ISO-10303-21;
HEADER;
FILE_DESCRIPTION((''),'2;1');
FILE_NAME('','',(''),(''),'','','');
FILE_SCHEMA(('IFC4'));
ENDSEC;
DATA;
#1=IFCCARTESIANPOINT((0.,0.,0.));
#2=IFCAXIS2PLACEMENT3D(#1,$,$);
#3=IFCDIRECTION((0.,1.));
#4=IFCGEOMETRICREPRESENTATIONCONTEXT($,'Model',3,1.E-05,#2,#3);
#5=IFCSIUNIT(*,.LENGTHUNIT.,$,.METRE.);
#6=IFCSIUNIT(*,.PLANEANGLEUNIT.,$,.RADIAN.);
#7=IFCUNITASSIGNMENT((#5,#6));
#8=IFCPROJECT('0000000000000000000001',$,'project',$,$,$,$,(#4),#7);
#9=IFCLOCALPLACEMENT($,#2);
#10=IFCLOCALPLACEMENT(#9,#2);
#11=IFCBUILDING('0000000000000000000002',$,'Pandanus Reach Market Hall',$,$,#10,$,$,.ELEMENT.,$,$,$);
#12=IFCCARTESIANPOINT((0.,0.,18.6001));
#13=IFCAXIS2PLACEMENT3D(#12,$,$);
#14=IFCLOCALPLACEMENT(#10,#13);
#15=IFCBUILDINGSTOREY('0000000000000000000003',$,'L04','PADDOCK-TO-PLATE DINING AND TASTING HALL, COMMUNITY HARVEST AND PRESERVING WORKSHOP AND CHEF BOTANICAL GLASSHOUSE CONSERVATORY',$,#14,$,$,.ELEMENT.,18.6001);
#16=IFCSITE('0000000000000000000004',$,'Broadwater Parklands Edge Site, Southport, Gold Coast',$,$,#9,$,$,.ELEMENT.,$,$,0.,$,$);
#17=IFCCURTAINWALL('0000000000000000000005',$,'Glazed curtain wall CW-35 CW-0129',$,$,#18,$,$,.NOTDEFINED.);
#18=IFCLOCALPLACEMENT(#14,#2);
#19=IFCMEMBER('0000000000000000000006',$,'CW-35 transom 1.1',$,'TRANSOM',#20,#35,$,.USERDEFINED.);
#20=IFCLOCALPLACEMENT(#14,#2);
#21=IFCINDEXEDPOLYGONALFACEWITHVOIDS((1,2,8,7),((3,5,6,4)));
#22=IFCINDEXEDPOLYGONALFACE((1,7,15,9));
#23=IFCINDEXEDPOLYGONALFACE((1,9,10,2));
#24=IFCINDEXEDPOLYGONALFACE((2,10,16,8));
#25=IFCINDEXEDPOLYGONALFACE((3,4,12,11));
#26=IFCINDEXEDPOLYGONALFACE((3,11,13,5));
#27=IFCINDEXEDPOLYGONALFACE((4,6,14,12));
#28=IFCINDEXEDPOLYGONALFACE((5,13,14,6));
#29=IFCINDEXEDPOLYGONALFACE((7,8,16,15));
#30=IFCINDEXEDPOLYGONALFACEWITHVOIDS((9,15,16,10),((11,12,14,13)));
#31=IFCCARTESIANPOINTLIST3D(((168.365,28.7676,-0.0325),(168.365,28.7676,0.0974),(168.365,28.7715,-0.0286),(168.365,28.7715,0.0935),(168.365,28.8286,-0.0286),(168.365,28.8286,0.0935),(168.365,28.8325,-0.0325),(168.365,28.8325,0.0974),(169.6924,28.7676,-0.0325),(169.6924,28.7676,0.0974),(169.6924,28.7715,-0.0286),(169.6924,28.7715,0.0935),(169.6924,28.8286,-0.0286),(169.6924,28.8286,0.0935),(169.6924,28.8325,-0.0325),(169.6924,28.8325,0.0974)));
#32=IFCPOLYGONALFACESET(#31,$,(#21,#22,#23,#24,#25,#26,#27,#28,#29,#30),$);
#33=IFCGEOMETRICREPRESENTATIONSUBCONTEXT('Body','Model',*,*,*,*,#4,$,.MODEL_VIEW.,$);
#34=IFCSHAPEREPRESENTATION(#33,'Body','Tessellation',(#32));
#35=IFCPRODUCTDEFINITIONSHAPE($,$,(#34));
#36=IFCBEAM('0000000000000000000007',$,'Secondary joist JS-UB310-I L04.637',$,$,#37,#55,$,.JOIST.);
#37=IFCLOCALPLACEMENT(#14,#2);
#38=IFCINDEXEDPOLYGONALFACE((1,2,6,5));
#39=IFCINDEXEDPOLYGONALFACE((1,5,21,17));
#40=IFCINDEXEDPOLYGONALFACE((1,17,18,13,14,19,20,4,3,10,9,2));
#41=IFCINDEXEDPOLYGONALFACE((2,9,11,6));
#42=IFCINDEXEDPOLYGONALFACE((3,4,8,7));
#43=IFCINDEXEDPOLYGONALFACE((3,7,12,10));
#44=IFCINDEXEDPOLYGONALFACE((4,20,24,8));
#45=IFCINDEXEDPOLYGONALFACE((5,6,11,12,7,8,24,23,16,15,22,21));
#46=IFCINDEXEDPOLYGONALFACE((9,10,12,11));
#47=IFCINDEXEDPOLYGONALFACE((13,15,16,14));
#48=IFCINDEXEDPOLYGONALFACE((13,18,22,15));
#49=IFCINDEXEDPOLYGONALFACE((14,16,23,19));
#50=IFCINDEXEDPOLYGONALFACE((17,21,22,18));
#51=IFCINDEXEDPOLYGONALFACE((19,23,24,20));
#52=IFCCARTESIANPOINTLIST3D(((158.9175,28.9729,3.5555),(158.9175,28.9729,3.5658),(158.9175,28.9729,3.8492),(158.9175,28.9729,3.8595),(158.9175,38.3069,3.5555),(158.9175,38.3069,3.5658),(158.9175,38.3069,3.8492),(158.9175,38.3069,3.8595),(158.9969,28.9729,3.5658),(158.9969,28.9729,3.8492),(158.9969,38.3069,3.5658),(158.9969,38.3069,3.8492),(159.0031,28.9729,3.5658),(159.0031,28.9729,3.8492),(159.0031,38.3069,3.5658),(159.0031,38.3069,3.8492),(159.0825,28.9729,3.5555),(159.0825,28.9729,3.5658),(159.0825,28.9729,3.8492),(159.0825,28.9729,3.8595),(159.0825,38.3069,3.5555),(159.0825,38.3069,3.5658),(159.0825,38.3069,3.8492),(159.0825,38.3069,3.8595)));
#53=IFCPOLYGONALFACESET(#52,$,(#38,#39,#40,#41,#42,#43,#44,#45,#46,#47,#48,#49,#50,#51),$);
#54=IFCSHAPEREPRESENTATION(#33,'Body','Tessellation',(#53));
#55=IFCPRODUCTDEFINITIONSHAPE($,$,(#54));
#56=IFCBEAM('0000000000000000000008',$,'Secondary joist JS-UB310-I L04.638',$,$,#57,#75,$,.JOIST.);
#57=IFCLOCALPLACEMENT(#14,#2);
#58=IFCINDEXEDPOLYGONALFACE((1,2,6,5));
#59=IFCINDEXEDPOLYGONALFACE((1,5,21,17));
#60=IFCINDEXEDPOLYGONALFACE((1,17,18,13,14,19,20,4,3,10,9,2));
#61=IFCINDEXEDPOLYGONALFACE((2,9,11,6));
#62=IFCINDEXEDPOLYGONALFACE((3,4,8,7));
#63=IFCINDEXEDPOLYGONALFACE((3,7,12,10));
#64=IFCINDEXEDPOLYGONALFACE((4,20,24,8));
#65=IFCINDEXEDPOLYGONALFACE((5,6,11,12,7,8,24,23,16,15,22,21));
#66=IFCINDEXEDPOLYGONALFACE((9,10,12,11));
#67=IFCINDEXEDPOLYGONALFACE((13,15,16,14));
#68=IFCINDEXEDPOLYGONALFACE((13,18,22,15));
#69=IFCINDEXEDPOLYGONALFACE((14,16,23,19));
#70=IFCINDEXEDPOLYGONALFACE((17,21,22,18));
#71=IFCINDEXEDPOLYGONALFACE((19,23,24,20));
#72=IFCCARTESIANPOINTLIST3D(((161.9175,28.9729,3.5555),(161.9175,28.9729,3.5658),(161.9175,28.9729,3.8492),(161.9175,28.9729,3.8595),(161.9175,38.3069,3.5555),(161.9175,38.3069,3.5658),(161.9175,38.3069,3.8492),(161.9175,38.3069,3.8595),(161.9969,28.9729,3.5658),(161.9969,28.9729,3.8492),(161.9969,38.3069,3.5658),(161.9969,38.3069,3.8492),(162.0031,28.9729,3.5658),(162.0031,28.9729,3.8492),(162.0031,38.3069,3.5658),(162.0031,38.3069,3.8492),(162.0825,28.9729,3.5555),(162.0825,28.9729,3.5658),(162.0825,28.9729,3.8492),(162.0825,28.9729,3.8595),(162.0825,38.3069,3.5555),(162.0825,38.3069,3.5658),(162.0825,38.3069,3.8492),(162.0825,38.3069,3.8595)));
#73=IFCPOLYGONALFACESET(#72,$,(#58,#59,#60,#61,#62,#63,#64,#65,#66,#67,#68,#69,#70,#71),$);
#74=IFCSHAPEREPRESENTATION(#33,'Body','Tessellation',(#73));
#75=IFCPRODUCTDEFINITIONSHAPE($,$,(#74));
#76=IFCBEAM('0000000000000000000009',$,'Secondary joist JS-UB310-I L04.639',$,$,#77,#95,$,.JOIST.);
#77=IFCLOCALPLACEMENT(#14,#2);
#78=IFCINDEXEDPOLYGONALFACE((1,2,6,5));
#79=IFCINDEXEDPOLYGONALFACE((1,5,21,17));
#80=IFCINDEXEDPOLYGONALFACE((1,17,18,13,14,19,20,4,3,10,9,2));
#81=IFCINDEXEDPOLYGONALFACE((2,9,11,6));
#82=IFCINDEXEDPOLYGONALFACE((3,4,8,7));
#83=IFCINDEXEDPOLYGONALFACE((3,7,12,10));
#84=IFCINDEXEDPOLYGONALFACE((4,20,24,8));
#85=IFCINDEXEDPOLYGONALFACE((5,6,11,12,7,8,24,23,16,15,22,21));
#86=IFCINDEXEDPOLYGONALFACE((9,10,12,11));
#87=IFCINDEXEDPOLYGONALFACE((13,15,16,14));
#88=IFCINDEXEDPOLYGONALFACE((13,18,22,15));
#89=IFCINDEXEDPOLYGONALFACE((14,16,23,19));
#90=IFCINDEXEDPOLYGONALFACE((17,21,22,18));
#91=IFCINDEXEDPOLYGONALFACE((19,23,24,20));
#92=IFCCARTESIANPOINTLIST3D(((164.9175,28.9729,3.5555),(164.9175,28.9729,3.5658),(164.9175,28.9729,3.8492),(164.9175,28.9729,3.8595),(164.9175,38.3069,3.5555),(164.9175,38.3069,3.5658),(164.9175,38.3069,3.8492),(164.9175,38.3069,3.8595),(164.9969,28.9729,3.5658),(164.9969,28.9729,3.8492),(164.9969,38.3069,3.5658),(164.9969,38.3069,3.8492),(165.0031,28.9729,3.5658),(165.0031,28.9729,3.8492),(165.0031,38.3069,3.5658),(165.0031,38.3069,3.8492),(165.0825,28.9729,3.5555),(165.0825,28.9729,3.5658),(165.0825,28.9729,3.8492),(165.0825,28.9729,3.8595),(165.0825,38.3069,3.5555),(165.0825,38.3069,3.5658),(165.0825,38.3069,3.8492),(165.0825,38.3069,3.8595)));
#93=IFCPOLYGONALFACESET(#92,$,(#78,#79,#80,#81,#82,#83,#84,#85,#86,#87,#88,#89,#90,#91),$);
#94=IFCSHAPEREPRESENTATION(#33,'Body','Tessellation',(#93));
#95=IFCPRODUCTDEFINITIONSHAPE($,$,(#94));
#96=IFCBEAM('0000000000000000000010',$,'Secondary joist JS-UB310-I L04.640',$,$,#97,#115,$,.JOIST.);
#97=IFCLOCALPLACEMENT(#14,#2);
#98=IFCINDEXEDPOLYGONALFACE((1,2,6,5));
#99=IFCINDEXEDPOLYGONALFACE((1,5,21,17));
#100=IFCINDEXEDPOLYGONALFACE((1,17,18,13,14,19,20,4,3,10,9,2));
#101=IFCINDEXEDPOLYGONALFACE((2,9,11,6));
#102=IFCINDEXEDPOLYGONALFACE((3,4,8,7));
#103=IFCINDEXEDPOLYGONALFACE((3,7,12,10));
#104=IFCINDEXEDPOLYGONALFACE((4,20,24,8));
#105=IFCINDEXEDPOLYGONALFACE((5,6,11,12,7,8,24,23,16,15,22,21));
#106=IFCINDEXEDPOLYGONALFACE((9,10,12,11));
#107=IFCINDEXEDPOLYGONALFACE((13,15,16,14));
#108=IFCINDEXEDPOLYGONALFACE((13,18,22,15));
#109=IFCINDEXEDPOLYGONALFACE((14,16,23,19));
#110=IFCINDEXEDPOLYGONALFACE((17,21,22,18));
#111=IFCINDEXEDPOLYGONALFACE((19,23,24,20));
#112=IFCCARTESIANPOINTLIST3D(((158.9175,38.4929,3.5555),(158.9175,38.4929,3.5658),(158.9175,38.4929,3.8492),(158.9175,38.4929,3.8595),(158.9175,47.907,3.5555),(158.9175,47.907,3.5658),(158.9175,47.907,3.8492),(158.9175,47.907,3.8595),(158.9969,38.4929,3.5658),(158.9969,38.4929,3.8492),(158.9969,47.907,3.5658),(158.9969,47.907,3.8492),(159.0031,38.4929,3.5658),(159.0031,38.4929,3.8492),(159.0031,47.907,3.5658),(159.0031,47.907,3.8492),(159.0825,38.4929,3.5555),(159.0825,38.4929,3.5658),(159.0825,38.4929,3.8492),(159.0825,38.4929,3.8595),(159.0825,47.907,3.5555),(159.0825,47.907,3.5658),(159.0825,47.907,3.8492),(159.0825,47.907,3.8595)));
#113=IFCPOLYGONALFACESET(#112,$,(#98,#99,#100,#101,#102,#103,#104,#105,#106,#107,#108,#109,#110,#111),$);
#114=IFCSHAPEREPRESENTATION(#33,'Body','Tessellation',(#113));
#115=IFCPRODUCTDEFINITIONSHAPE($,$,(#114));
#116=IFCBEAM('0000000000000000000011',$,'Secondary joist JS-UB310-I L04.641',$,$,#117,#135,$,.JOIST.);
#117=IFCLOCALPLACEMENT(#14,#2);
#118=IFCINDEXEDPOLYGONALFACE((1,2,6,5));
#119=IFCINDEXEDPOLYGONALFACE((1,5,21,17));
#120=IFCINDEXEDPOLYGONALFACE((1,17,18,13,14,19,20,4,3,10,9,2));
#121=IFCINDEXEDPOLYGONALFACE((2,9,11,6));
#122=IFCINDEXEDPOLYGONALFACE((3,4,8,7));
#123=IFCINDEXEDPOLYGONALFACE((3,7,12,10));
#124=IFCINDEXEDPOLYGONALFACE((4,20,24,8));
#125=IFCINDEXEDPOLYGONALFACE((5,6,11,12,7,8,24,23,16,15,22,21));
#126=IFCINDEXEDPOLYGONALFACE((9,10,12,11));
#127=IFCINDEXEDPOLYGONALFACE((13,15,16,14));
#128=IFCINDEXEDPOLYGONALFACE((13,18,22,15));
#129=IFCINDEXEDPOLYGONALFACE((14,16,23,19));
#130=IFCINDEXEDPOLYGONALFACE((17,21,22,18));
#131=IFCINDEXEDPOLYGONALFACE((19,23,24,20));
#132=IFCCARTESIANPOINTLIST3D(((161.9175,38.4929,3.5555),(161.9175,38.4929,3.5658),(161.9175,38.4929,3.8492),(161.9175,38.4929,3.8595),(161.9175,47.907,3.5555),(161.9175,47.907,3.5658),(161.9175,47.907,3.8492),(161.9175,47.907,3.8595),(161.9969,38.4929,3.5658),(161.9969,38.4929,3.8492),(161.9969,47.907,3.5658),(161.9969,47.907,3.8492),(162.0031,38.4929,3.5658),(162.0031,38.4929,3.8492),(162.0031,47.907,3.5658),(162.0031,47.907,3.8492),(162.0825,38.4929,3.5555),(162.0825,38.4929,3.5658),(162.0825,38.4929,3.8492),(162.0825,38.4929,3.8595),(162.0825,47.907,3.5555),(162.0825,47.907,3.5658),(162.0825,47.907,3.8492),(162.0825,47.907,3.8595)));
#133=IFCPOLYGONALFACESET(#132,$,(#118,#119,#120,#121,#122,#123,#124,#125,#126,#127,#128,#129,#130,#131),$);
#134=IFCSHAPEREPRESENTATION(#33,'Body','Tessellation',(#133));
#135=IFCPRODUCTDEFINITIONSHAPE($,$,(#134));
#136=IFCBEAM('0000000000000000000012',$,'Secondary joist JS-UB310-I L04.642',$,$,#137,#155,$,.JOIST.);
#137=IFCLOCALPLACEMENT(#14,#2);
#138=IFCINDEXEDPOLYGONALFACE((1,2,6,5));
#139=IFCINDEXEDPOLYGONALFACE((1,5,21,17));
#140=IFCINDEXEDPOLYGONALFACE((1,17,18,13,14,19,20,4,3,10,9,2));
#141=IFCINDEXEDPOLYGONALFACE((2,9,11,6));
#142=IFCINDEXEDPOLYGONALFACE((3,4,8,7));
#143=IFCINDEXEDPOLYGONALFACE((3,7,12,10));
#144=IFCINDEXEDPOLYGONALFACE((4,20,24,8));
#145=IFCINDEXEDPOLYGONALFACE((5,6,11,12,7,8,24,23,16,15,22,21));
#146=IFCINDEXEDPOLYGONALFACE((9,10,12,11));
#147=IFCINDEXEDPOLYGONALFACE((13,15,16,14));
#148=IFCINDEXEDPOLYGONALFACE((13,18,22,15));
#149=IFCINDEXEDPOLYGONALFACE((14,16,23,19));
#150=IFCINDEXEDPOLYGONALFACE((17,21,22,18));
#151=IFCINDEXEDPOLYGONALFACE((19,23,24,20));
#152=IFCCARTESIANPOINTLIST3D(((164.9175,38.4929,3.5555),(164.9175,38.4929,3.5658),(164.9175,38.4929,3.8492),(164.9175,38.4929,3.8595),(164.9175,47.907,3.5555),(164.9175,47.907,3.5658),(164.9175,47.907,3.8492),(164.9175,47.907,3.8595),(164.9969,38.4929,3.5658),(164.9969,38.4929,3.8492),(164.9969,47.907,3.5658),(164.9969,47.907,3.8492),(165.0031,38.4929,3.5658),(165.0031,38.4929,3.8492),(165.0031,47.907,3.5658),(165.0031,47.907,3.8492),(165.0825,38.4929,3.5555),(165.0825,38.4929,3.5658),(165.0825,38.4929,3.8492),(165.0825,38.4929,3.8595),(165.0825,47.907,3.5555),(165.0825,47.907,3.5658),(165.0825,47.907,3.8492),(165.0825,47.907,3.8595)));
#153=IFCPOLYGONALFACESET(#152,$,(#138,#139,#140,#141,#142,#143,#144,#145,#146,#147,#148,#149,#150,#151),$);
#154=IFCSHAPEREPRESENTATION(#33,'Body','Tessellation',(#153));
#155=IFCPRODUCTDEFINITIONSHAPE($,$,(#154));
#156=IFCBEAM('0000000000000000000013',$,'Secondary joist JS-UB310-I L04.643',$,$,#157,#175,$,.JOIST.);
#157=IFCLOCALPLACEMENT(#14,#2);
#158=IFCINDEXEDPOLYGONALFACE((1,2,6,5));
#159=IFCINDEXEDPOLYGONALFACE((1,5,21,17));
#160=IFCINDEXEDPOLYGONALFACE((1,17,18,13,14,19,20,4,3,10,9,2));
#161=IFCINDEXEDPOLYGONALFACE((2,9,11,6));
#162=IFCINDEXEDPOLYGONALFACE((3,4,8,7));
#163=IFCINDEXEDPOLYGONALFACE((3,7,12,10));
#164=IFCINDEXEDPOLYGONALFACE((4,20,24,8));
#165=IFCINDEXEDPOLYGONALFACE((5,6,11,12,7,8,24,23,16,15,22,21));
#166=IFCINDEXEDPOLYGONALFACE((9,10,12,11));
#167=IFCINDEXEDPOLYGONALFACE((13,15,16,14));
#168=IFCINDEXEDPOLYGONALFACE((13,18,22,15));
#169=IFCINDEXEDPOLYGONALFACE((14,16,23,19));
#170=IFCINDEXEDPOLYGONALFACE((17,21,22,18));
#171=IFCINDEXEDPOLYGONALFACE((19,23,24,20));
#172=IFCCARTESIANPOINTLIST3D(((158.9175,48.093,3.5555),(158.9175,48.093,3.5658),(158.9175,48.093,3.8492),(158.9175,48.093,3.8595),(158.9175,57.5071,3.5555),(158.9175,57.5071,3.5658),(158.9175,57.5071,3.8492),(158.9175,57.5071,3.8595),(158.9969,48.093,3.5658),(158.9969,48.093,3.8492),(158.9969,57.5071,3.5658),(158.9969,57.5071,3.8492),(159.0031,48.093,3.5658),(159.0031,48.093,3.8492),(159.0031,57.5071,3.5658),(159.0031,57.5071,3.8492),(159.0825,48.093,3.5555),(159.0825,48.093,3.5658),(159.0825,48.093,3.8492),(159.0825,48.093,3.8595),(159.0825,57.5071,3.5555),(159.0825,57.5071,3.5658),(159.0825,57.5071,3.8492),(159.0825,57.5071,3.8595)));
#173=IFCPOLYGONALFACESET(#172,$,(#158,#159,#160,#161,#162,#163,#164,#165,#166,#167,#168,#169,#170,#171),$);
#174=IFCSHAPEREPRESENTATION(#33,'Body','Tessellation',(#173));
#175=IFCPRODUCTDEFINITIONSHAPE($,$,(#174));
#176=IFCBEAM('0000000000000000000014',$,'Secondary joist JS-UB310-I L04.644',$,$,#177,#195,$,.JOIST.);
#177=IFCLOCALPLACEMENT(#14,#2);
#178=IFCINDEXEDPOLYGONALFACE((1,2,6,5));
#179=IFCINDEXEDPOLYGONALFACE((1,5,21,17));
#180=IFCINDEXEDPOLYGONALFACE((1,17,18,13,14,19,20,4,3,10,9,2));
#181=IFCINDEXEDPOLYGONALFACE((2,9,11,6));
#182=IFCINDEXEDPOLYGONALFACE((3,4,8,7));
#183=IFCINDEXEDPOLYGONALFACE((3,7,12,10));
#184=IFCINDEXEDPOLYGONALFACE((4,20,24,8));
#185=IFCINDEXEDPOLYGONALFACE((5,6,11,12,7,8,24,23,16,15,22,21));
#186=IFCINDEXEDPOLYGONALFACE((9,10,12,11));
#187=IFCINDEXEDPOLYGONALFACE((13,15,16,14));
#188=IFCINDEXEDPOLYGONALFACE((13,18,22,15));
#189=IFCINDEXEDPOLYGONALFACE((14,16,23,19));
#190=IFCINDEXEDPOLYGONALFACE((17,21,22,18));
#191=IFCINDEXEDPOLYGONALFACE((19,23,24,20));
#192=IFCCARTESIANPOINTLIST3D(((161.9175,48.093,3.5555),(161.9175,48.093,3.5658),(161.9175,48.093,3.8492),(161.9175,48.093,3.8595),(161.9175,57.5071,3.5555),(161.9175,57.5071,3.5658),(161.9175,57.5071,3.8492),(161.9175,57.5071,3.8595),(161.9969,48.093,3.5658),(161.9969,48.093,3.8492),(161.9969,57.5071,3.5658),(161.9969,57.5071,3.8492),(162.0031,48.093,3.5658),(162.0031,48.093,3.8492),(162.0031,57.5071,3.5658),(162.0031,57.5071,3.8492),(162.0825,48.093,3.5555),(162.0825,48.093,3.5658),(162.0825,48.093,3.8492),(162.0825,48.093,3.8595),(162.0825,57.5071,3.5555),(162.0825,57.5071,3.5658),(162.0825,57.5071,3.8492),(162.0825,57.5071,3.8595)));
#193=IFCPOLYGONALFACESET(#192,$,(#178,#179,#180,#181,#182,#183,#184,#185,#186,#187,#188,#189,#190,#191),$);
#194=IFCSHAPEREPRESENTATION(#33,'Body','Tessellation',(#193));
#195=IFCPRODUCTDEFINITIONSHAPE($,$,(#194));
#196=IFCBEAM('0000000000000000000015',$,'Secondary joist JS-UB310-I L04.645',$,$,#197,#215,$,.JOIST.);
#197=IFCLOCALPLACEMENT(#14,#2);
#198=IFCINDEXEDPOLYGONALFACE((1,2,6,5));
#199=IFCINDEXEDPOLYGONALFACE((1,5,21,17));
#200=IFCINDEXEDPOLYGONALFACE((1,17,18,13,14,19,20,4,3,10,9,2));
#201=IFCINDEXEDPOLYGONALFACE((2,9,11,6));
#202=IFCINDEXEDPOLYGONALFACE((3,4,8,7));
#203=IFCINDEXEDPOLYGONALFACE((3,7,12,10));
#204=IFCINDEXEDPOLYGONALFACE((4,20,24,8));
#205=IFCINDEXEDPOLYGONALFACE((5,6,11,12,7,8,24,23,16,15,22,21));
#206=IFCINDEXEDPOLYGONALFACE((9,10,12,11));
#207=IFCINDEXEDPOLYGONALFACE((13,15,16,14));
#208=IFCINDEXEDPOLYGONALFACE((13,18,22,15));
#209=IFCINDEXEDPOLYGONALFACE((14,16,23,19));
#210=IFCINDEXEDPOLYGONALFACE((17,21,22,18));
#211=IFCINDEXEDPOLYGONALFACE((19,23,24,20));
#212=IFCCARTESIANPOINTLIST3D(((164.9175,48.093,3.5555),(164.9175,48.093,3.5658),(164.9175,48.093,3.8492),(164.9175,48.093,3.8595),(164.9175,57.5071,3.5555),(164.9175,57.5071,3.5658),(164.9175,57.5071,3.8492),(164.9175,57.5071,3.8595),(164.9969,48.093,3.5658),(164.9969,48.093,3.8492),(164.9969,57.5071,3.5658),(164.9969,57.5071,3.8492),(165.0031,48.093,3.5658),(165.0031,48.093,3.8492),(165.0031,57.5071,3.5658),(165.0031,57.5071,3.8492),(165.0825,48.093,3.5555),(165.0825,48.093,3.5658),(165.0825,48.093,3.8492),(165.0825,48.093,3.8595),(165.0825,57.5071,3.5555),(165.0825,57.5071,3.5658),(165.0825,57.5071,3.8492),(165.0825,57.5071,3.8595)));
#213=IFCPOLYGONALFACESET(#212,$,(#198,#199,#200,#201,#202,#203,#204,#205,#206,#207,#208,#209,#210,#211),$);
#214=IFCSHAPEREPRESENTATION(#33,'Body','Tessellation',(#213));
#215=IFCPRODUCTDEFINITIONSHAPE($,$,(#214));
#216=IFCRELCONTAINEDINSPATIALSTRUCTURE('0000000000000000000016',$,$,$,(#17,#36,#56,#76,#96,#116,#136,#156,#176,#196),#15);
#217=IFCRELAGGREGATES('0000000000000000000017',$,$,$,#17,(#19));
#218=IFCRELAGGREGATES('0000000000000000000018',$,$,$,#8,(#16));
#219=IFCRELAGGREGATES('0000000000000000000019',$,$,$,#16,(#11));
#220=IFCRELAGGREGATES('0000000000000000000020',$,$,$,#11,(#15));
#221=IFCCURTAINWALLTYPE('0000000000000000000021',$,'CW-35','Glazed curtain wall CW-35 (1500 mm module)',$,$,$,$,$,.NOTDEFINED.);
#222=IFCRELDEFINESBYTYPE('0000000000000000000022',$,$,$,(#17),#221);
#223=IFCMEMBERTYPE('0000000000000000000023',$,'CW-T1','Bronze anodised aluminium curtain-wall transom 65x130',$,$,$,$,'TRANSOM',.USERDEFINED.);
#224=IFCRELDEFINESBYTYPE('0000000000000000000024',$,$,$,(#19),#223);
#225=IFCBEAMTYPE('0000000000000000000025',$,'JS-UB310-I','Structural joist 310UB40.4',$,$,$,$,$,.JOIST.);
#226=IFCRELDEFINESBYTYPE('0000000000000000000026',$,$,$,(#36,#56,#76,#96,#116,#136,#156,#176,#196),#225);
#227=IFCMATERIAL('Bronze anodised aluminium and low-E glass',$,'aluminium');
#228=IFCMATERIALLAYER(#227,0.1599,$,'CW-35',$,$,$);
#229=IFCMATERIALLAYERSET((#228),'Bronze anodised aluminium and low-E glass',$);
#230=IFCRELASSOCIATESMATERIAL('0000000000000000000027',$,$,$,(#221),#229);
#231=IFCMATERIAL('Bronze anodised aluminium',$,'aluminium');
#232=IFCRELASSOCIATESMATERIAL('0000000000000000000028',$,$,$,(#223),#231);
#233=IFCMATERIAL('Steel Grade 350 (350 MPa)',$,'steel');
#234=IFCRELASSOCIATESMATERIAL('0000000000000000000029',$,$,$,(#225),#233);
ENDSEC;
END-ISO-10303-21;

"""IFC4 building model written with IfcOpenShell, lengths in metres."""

from ifc_helpers import new_model, si_unit, direction, frame, origin, origin_2d, place, context, subcontext, project, spatial, hollow_rectangle, i_section, extrude, material, layer, layer_set, material_profile, profile_set, type_object, element, aggregate, save


model = new_model("IFC4")

# Units and contexts
model_context = context("Model", 3, precision=1e-05, world=origin(), true_north=direction((0.0, 1.0)))
body_context = subcontext(model_context, "Body", "Model", "MODEL_VIEW")
ifc_project = project(units=[si_unit("LENGTHUNIT", "METRE"), si_unit("PLANEANGLEUNIT", "RADIAN")], contexts=[model_context])

# Site, building, storey
site_placement = place(None, origin())
site = spatial("IfcSite", under=ifc_project, at=site_placement, Name="Broadwater Parklands Edge Site, Southport, Gold Coast", CompositionType="ELEMENT", RefElevation=0.0)
building_placement = place(site_placement, origin())
building = spatial("IfcBuilding", under=site, at=building_placement, Name="Pandanus Reach Market Hall", CompositionType="ELEMENT")
storey_placement = place(building_placement, frame((0.0, 0.0, 18.6001)))
storey = spatial("IfcBuildingStorey", under=building, at=storey_placement, Name="L04", Description="PADDOCK-TO-PLATE DINING AND TASTING HALL, COMMUNITY HARVEST AND PRESERVING WORKSHOP AND CHEF BOTANICAL GLASSHOUSE CONSERVATORY", CompositionType="ELEMENT", Elevation=18.6001)

# Shared definitions
ifc_material_1 = material(Name="Steel Grade 350 (350 MPa)", Category="steel")

# Curtain wall, member
ifc_material_2 = material(Name="Bronze anodised aluminium and low-E glass", Category="aluminium")
ifc_layer_1 = layer(ifc_material_2, 0.1599, Name="CW-35")
ifc_layer_set_1 = layer_set([ifc_layer_1], Name="Bronze anodised aluminium and low-E glass")
curtain_wall_type = type_object("IfcCurtainWallType", Name="CW-35", Description="Glazed curtain wall CW-35 (1500 mm module)", PredefinedType="NOTDEFINED", material=ifc_layer_set_1)
curtain_wall_placement = place(storey_placement, origin())
curtain_wall = element("IfcCurtainWall", 1, at=curtain_wall_placement, inside=storey, type_object=curtain_wall_type, Name="Glazed curtain wall CW-35 CW-0129", PredefinedType="NOTDEFINED")
ifc_material_3 = material(Name="Bronze anodised aluminium", Category="aluminium")
ifc_material_profile_1 = material_profile(ifc_material_3, hollow_rectangle(XDim=0.0649, YDim=0.1299, WallThickness=0.0039, at=origin_2d()), Name="ALU65x130", Category="LoadBearing")
ifc_profile_set_1 = profile_set([ifc_material_profile_1], Name="Bronze anodised aluminium")
member_type_1 = type_object("IfcMemberType", Name="CW-T1", Description="Bronze anodised aluminium curtain-wall transom 65x130", ElementType="TRANSOM", PredefinedType="USERDEFINED", material=ifc_profile_set_1)
member_1_placement = place(storey_placement, frame((168.365, 28.8, 0.0325), z_axis=(1.0, 0.0, 0.0), x_axis=(0.0, 1.0, 0.0)))
member_1 = element("IfcMember", 2, at=member_1_placement, type_object=member_type_1, Name="CW-35 transom 1.1", ObjectType="TRANSOM", PredefinedType="USERDEFINED", context=body_context, shape_type="SweptSolid", body=[
    extrude(hollow_rectangle(XDim=0.0649, YDim=0.1299, WallThickness=0.0039, at=origin_2d()), origin(), (0.0, 0.0, 1.0), 1.3274),
])
aggregate(curtain_wall, [member_1])

# Beams
ifc_material_profile_2 = material_profile(ifc_material_1, i_section(OverallWidth=0.165, OverallDepth=0.304, WebThickness=0.0061, FlangeThickness=0.0103, at=origin_2d()), Name="310UB40.4", Category="LoadBearing")
ifc_profile_set_2 = profile_set([ifc_material_profile_2], Name="Steel Grade 350 (350 MPa)")
beam_type_1 = type_object("IfcBeamType", Name="JS-UB310-I", Description="Structural joist 310UB40.4", PredefinedType="JOIST", material=ifc_profile_set_2)
for number, where, z_axis, x_axis, name in (
    (3, (159.0, 28.9729, 3.7075), (0.0, 1.0, 0.0), (-1.0, 0.0, 0.0), "Secondary joist JS-UB310-I L04.637"),
    (4, (162.0, 28.9729, 3.7075), (0.0, 1.0, 0.0), (-1.0, 0.0, 0.0), "Secondary joist JS-UB310-I L04.638"),
    (5, (165.0, 28.9729, 3.7075), (0.0, 1.0, 0.0), (-1.0, 0.0, 0.0), "Secondary joist JS-UB310-I L04.639"),
):
    element("IfcBeam", number, at=place(storey_placement, frame(where, z_axis=z_axis, x_axis=x_axis)), inside=storey, type_object=beam_type_1, Name=name, PredefinedType="JOIST", context=body_context, shape_type="SweptSolid", body=[
        extrude(i_section(OverallWidth=0.165, OverallDepth=0.304, WebThickness=0.0061, FlangeThickness=0.0103, at=origin_2d()), origin(), (0.0, 0.0, 1.0), 9.334),
    ])
for number, where, z_axis, x_axis, name in (
    (6, (159.0, 38.4929, 3.7075), (0.0, 1.0, 0.0), (-1.0, 0.0, 0.0), "Secondary joist JS-UB310-I L04.640"),
    (7, (162.0, 38.4929, 3.7075), (0.0, 1.0, 0.0), (-1.0, 0.0, 0.0), "Secondary joist JS-UB310-I L04.641"),
    (8, (165.0, 38.4929, 3.7075), (0.0, 1.0, 0.0), (-1.0, 0.0, 0.0), "Secondary joist JS-UB310-I L04.642"),
    (9, (159.0, 48.093, 3.7075), (0.0, 1.0, 0.0), (-1.0, 0.0, 0.0), "Secondary joist JS-UB310-I L04.643"),
    (10, (162.0, 48.093, 3.7075), (0.0, 1.0, 0.0), (-1.0, 0.0, 0.0), "Secondary joist JS-UB310-I L04.644"),
    (11, (165.0, 48.093, 3.7075), (0.0, 1.0, 0.0), (-1.0, 0.0, 0.0), "Secondary joist JS-UB310-I L04.645"),
):
    element("IfcBeam", number, at=place(storey_placement, frame(where, z_axis=z_axis, x_axis=x_axis)), inside=storey, type_object=beam_type_1, Name=name, PredefinedType="JOIST", context=body_context, shape_type="SweptSolid", body=[
        extrude(i_section(OverallWidth=0.165, OverallDepth=0.304, WebThickness=0.0061, FlangeThickness=0.0103, at=origin_2d()), origin(), (0.0, 0.0, 1.0), 9.4141),
    ])

save(model, "model.ifc")
